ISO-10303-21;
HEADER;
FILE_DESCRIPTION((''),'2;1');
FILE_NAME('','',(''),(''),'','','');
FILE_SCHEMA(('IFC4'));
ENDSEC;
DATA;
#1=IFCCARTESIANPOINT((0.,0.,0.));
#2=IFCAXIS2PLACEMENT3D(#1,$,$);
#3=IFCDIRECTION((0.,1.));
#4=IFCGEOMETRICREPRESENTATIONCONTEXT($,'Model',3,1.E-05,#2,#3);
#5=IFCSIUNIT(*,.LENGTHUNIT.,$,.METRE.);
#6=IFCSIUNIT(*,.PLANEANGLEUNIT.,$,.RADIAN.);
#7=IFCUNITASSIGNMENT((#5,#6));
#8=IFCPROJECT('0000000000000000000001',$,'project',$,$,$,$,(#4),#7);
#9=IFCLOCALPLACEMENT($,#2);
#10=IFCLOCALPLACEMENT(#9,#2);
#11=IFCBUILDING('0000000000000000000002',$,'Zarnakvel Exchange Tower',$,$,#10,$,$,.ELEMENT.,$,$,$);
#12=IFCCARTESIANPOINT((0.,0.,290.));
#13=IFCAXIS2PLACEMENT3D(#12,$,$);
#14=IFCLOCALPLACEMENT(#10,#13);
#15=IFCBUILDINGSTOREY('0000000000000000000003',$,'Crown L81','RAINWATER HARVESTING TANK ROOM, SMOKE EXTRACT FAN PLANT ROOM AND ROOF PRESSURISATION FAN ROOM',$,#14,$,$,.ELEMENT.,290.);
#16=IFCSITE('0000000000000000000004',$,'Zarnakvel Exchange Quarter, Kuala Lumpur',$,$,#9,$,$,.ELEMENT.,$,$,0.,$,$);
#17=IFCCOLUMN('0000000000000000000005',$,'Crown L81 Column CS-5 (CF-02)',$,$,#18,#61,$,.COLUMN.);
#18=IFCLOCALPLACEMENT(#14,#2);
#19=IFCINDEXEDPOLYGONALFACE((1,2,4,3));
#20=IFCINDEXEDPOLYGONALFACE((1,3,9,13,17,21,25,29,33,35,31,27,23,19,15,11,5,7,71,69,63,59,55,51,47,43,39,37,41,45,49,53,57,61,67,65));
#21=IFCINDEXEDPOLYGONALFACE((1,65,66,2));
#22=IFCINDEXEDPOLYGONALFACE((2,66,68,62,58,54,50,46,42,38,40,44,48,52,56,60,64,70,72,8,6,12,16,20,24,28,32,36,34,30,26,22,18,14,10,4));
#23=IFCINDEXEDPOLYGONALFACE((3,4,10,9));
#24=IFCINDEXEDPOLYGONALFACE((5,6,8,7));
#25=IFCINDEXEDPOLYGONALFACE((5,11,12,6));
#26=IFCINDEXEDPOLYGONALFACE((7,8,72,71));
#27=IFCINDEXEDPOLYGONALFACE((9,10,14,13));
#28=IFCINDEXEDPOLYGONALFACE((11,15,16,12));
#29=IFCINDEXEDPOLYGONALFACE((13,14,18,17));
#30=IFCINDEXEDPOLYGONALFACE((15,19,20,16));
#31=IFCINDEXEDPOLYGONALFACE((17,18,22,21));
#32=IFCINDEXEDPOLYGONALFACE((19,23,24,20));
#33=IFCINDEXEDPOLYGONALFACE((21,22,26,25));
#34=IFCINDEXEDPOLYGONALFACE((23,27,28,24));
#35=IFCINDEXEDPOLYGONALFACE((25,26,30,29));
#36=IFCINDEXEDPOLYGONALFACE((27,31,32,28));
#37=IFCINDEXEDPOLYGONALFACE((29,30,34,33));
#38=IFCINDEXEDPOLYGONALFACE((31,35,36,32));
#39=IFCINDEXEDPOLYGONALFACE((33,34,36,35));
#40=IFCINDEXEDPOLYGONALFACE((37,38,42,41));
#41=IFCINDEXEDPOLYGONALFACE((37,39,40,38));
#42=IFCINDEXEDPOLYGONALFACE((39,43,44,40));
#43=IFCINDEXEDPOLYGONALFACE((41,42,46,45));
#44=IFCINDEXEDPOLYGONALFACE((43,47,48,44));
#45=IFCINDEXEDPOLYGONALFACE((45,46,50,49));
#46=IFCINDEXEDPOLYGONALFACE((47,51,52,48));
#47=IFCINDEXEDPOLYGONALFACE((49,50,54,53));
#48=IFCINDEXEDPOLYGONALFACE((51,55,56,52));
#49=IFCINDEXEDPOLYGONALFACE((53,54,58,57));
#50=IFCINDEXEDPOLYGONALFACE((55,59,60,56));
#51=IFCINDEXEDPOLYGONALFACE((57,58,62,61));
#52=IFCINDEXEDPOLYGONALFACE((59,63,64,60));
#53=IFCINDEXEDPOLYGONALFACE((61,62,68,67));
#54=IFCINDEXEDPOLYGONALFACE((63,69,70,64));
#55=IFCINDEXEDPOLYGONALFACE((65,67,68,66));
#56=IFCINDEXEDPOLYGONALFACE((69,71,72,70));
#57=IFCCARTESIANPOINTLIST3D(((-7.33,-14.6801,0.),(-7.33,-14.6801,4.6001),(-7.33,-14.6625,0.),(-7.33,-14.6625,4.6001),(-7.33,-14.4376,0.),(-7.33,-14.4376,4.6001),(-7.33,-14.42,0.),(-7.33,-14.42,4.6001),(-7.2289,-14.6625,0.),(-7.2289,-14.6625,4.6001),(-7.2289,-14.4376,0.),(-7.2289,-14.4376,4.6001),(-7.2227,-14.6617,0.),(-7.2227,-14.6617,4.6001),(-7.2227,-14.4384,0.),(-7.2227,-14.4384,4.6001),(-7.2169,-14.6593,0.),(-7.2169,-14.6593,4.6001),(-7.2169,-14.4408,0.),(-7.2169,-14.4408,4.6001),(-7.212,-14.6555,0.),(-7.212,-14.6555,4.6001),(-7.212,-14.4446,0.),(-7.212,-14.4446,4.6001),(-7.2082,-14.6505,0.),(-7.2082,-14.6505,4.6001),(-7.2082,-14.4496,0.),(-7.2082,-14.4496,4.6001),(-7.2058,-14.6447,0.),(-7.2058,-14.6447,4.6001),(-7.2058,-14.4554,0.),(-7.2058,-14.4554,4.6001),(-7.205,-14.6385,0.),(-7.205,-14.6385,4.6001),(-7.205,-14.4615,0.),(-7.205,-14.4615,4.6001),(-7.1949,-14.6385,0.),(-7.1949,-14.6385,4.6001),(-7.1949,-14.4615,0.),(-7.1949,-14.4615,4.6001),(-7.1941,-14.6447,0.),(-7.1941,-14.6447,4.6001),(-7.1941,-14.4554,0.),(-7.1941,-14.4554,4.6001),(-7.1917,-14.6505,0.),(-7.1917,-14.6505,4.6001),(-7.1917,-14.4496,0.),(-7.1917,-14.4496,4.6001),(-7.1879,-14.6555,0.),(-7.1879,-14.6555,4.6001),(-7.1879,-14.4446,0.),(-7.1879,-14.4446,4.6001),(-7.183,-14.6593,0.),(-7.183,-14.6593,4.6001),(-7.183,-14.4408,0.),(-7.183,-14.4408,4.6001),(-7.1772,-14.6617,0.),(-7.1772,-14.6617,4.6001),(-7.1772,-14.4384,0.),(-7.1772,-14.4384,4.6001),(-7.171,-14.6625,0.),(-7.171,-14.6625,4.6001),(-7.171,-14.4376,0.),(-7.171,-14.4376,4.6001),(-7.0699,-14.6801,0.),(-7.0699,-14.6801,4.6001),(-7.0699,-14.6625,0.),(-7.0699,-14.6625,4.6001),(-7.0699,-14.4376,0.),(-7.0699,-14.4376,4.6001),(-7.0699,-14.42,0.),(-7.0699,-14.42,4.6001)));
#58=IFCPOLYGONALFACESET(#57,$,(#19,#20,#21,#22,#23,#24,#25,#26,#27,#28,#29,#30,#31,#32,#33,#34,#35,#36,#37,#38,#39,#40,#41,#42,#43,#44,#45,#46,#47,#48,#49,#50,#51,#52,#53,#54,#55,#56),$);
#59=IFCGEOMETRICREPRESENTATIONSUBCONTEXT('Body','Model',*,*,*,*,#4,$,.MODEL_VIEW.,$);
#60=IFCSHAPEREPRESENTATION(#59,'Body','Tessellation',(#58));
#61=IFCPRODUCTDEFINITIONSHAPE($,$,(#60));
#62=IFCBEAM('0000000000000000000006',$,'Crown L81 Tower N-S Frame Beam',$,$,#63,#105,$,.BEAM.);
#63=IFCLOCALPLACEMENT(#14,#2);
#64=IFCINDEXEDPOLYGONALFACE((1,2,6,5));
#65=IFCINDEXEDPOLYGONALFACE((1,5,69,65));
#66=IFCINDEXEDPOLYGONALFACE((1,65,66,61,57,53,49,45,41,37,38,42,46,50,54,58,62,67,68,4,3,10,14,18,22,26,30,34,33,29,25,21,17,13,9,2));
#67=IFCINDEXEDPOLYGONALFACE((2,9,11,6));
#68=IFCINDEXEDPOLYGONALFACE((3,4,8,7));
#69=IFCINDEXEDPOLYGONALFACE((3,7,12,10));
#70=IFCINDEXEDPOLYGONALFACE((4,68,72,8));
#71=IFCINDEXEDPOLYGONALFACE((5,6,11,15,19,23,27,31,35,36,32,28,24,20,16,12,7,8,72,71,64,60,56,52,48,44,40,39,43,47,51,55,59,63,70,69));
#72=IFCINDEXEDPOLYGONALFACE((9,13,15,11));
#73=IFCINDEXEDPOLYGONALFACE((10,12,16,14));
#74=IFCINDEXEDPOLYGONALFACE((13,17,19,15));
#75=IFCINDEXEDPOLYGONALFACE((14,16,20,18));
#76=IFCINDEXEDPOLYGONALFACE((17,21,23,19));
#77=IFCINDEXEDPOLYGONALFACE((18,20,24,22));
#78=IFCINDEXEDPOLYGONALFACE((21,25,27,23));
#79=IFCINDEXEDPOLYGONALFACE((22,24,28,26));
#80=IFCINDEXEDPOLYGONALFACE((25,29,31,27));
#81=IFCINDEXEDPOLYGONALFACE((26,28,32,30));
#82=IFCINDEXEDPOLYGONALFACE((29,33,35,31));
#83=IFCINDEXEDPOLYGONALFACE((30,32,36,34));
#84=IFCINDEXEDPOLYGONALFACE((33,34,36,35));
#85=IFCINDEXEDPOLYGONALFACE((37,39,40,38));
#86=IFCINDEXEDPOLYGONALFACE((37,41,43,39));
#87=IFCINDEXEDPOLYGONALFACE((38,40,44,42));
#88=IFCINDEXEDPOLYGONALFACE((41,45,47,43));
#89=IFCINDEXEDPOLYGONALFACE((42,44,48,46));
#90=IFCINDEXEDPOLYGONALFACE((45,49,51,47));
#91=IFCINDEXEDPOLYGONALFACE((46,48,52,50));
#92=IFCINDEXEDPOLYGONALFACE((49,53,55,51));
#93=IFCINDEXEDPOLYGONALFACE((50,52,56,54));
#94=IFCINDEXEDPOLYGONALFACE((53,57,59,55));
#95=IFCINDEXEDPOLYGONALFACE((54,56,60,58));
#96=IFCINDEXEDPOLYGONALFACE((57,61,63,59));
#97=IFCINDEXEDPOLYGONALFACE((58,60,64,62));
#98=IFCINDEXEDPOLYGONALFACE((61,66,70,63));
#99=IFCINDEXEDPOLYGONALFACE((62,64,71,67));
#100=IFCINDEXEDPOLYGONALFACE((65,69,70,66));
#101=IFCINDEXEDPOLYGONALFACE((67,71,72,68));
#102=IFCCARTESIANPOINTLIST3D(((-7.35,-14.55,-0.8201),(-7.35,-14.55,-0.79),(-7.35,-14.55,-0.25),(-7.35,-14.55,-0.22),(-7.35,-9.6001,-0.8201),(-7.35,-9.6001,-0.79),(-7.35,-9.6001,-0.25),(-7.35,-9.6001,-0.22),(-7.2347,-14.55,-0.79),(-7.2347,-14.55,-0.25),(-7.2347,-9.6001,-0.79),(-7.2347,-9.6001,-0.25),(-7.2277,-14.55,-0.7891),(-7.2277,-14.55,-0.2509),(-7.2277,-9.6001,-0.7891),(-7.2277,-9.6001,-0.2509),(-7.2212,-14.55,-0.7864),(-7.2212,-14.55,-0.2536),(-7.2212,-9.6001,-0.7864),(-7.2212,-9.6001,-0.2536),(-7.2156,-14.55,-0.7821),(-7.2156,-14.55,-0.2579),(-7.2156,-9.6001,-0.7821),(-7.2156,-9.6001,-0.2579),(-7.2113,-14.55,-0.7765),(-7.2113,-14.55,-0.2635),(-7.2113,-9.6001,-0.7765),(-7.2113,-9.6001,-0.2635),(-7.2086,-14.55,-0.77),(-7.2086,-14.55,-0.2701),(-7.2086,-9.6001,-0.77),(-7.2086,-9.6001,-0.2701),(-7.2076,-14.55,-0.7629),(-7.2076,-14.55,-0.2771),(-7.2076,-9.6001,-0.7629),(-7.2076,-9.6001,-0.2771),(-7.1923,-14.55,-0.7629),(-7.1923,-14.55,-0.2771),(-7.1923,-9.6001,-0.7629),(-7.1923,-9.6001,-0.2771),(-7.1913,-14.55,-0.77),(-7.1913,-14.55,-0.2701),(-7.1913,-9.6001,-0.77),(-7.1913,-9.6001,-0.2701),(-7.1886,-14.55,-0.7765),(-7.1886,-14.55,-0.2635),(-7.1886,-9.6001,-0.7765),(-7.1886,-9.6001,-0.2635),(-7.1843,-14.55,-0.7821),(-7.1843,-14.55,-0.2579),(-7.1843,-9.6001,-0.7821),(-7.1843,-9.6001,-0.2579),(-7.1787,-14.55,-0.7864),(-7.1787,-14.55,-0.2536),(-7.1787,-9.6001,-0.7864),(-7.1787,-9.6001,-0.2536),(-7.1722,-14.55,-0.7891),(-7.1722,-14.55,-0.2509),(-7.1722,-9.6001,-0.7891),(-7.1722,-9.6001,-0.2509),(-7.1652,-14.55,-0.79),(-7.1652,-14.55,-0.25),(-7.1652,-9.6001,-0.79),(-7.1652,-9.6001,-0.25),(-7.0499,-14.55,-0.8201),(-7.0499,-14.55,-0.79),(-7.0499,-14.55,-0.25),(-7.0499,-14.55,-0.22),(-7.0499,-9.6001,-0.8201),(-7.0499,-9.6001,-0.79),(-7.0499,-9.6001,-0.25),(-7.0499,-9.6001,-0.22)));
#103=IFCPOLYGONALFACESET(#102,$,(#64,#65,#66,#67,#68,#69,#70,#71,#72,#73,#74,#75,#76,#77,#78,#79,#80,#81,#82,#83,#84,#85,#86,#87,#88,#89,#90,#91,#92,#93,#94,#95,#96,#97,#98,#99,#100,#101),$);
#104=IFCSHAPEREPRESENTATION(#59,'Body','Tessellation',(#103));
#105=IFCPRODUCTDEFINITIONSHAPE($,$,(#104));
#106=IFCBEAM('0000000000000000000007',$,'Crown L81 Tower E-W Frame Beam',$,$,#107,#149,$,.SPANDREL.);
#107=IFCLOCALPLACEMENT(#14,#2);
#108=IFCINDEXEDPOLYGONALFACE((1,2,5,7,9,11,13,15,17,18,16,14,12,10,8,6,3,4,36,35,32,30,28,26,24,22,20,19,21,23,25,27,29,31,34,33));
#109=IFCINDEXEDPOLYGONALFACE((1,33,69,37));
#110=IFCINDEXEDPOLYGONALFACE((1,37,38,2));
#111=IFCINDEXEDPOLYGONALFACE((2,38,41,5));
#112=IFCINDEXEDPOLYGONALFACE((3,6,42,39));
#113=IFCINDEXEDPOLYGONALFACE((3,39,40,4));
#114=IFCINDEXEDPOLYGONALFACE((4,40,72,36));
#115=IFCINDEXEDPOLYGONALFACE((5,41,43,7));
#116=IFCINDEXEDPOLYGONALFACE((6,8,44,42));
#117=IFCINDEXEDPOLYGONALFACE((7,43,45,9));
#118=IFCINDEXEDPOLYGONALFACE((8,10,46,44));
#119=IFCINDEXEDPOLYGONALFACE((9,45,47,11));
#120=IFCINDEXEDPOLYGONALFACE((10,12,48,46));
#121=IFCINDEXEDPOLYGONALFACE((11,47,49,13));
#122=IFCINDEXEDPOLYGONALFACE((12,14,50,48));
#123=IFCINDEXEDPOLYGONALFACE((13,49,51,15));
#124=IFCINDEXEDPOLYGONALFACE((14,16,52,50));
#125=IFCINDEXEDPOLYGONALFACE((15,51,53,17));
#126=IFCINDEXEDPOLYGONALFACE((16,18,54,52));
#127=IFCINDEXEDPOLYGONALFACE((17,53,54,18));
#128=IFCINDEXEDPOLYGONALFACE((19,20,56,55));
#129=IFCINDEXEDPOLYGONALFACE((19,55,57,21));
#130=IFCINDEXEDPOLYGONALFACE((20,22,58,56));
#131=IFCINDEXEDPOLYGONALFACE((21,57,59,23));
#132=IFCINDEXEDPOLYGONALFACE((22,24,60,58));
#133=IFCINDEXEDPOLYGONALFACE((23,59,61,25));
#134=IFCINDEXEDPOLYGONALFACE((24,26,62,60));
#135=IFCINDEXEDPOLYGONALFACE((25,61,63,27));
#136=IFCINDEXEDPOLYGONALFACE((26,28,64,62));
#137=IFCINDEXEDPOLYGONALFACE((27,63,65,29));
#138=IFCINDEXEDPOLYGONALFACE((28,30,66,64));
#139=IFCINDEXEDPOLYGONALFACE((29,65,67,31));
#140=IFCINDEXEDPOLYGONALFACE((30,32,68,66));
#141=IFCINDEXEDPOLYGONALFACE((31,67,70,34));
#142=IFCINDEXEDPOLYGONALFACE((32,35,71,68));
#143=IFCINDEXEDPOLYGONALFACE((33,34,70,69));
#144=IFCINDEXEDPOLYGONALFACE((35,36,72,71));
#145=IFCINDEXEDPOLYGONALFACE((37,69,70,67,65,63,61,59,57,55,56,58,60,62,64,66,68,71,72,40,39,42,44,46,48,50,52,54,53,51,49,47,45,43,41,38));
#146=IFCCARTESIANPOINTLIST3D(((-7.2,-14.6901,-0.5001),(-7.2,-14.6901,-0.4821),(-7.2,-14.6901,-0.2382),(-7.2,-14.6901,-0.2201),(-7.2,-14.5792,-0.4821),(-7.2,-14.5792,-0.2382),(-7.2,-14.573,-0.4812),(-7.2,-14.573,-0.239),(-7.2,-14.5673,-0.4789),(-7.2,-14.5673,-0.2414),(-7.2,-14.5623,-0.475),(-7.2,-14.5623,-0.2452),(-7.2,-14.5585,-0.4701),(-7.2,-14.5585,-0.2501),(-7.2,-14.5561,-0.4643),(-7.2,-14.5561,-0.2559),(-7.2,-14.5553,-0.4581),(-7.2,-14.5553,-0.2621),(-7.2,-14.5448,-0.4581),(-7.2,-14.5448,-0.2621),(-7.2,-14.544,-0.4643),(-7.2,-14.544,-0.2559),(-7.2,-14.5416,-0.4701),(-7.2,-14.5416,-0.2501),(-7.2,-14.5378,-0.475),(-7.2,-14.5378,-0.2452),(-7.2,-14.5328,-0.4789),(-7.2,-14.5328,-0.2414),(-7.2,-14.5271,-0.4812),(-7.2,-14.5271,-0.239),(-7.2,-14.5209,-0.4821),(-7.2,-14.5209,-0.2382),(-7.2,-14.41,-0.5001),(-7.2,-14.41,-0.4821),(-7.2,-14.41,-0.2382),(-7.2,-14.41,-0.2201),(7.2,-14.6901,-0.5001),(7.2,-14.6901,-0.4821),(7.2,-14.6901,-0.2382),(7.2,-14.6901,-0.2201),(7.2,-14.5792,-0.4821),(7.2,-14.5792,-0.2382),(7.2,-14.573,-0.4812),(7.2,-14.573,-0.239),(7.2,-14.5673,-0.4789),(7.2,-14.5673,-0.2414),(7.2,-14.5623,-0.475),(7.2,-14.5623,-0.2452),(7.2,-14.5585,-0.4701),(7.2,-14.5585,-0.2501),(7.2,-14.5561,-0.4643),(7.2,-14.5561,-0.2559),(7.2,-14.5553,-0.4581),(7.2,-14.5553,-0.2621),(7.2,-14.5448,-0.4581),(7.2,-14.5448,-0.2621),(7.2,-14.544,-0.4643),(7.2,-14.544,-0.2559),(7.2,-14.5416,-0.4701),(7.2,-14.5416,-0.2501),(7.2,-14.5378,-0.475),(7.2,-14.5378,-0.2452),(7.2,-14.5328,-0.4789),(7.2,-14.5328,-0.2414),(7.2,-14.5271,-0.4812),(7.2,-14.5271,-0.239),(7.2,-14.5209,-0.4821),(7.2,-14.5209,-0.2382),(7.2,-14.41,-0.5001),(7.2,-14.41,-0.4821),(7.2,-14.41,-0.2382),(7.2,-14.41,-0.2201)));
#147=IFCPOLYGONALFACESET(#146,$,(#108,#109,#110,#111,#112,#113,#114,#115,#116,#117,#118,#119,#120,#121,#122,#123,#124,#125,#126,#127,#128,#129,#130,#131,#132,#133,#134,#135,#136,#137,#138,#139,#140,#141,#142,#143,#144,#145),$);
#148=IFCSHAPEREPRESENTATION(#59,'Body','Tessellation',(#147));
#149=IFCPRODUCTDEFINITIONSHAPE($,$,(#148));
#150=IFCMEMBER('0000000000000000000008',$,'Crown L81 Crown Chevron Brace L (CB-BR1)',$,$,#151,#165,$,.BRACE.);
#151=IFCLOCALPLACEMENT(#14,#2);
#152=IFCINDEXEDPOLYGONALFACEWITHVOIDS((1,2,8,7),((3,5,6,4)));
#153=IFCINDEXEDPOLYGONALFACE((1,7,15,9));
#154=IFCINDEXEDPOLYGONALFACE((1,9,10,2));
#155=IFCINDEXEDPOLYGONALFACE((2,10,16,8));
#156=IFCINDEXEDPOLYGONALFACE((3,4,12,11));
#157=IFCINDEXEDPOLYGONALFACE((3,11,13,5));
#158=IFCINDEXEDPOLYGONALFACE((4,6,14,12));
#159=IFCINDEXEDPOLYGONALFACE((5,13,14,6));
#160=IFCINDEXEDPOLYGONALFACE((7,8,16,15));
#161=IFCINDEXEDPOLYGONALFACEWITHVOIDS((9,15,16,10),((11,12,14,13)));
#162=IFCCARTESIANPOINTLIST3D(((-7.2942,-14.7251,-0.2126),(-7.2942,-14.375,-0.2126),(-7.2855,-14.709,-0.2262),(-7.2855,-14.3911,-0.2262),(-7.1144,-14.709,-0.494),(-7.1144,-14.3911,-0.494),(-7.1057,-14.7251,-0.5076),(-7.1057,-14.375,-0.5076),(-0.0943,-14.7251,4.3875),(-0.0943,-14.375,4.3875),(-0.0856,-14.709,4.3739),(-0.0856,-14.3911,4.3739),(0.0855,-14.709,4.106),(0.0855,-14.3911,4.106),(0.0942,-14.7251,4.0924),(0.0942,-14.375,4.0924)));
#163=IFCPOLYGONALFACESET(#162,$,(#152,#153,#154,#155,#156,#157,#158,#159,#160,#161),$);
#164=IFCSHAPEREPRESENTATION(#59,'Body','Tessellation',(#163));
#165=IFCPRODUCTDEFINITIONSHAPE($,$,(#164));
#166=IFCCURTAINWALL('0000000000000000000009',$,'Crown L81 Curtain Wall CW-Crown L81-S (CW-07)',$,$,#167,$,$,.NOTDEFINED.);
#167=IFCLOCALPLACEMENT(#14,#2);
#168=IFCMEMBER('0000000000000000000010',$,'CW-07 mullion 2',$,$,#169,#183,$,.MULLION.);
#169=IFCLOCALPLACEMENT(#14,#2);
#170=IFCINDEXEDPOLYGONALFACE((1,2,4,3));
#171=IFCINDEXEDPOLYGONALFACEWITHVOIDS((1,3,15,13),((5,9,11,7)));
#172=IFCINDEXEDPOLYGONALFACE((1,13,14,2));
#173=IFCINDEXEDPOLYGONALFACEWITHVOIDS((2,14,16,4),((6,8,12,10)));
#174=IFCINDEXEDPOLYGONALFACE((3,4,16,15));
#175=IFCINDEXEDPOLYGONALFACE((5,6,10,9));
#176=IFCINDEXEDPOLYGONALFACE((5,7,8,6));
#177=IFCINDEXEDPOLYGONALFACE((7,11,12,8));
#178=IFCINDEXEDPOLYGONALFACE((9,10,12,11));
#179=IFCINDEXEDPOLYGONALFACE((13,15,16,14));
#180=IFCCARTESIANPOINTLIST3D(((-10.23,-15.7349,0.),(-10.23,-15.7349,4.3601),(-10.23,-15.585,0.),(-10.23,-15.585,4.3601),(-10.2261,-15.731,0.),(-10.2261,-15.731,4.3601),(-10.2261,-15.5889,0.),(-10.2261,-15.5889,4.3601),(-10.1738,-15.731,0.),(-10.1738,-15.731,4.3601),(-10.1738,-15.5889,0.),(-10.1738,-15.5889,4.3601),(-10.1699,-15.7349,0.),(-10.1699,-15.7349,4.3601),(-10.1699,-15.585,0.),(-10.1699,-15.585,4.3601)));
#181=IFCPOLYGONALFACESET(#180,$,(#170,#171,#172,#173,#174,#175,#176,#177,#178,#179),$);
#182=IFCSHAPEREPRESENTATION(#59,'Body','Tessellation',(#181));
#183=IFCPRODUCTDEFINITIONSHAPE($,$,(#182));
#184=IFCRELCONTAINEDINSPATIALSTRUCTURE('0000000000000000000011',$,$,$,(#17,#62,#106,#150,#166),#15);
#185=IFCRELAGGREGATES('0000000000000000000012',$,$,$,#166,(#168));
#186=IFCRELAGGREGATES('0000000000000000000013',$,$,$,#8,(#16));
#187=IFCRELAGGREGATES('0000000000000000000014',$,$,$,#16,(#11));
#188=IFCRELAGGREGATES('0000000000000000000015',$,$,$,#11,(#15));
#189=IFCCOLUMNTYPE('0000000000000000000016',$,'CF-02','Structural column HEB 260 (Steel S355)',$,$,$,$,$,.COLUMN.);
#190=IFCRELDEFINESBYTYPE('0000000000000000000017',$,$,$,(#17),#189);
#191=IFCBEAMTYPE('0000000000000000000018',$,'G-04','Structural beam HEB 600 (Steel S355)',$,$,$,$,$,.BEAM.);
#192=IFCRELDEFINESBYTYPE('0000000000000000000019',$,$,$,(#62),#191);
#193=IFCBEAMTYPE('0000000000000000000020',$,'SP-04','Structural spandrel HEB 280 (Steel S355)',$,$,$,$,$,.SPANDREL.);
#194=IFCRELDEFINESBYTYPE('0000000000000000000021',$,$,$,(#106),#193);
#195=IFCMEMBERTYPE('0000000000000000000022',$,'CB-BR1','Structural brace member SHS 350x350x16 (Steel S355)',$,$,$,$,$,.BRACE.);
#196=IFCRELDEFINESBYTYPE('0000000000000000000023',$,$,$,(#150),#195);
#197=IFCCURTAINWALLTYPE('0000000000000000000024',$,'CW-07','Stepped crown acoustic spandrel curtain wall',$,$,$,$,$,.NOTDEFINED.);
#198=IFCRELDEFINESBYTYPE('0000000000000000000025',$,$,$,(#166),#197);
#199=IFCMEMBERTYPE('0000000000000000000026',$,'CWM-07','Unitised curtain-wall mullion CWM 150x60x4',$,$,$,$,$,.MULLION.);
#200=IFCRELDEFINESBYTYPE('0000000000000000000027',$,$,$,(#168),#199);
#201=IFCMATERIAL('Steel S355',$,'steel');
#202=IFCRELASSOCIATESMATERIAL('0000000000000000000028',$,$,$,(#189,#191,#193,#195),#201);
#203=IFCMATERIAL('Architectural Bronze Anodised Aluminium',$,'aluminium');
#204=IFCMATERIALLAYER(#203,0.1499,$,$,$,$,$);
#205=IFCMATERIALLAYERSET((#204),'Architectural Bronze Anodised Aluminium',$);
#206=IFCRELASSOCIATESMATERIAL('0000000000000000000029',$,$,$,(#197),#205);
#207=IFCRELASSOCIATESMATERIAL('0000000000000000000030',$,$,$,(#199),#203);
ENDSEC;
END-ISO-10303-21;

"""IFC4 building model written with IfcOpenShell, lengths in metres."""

from ifc_helpers import new_model, si_unit, direction, frame, origin, origin_2d, place, context, subcontext, project, spatial, hollow_rectangle, i_section, extrude, source, transform, mapped, material, layer, layer_set, material_profile, profile_set, type_object, element, aggregate, save


model = new_model("IFC4")

# Units and contexts
model_context = context("Model", 3, precision=1e-05, world=origin(), true_north=direction((0.0, 1.0)))
body_context = subcontext(model_context, "Body", "Model", "MODEL_VIEW")
ifc_project = project(units=[si_unit("LENGTHUNIT", "METRE"), si_unit("PLANEANGLEUNIT", "RADIAN")], contexts=[model_context])

# Site, building, storey
site_placement = place(None, origin())
site = spatial("IfcSite", under=ifc_project, at=site_placement, Name="Zarnakvel Exchange Quarter, Kuala Lumpur", CompositionType="ELEMENT", RefElevation=0.0)
building_placement = place(site_placement, origin())
building = spatial("IfcBuilding", under=site, at=building_placement, Name="Zarnakvel Exchange Tower", CompositionType="ELEMENT")
storey_placement = place(building_placement, frame((0.0, 0.0, 290.0)))
storey = spatial("IfcBuildingStorey", under=building, at=storey_placement, Name="Crown L81", Description="RAINWATER HARVESTING TANK ROOM, SMOKE EXTRACT FAN PLANT ROOM AND ROOF PRESSURISATION FAN ROOM", CompositionType="ELEMENT", Elevation=290.0)

# Column
ifc_material_1 = material(Name="Steel S355", Category="steel")
ifc_material_profile_1 = material_profile(ifc_material_1, i_section(OverallWidth=0.26, OverallDepth=0.26, WebThickness=0.01, FlangeThickness=0.0176, FilletRadius=0.0239, at=origin_2d()))
ifc_profile_set_1 = profile_set([ifc_material_profile_1], Name="Steel S355")
column_type = type_object("IfcColumnType", Name="CF-02", Description="Structural column HEB 260 (Steel S355)", PredefinedType="COLUMN", material=ifc_profile_set_1)
column_placement = place(storey_placement, frame((-7.2, -14.55, 0.0), z_axis=(0.0, 0.0, 1.0), x_axis=(1.0, 0.0, 0.0)))
element("IfcColumn", 1, at=column_placement, inside=storey, type_object=column_type, Name="Crown L81 Column CS-5 (CF-02)", PredefinedType="COLUMN", context=body_context, shape_type="SweptSolid", body=[
    extrude(i_section(OverallWidth=0.26, OverallDepth=0.26, WebThickness=0.01, FlangeThickness=0.0176, FilletRadius=0.0239, at=origin_2d()), origin(), (0.0, 0.0, 1.0), 4.6001),
])

# Beams
ifc_material_profile_2 = material_profile(ifc_material_1, i_section(OverallWidth=0.3, OverallDepth=0.6001, WebThickness=0.0154, FlangeThickness=0.03, FilletRadius=0.0271, at=origin_2d()))
ifc_profile_set_2 = profile_set([ifc_material_profile_2], Name="Steel S355")
beam_type_1 = type_object("IfcBeamType", Name="G-04", Description="Structural beam HEB 600 (Steel S355)", PredefinedType="BEAM", material=ifc_profile_set_2)
beam_1_placement = place(storey_placement, frame((-7.2, -14.55, -0.52), z_axis=(0.0, 1.0, 0.0), x_axis=(-1.0, 0.0, 0.0)))
element("IfcBeam", 2, at=beam_1_placement, inside=storey, type_object=beam_type_1, Name="Crown L81 Tower N-S Frame Beam", PredefinedType="BEAM", context=body_context, shape_type="SweptSolid", body=[
    extrude(i_section(OverallWidth=0.3, OverallDepth=0.6001, WebThickness=0.0154, FlangeThickness=0.03, FilletRadius=0.0271, at=origin_2d()), origin(), (0.0, 0.0, 1.0), 4.95),
])
ifc_material_profile_3 = material_profile(ifc_material_1, i_section(OverallWidth=0.28, OverallDepth=0.28, WebThickness=0.0105, FlangeThickness=0.0181, FilletRadius=0.0239, at=origin_2d()))
ifc_profile_set_3 = profile_set([ifc_material_profile_3], Name="Steel S355")
beam_type_2 = type_object("IfcBeamType", Name="SP-04", Description="Structural spandrel HEB 280 (Steel S355)", PredefinedType="SPANDREL", material=ifc_profile_set_3)
beam_2_placement = place(storey_placement, frame((-7.2, -14.55, -0.3601), z_axis=(1.0, 0.0, 0.0), x_axis=(0.0, 1.0, 0.0)))
element("IfcBeam", 3, at=beam_2_placement, inside=storey, type_object=beam_type_2, Name="Crown L81 Tower E-W Frame Beam", PredefinedType="SPANDREL", context=body_context, shape_type="SweptSolid", body=[
    extrude(i_section(OverallWidth=0.28, OverallDepth=0.28, WebThickness=0.0105, FlangeThickness=0.0181, FilletRadius=0.0239, at=origin_2d()), origin(), (0.0, 0.0, 1.0), 14.3999),
])

# Member
ifc_material_profile_4 = material_profile(ifc_material_1, hollow_rectangle(XDim=0.3501, YDim=0.3501, WallThickness=0.0161, at=origin_2d()))
ifc_profile_set_4 = profile_set([ifc_material_profile_4], Name="Steel S355")
member_type_1 = type_object("IfcMemberType", Name="CB-BR1", Description="Structural brace member SHS 350x350x16 (Steel S355)", PredefinedType="BRACE", material=ifc_profile_set_4)
shared_shape_1 = source(origin(), body_context, "Body", "SweptSolid", [
    extrude(hollow_rectangle(XDim=0.3501, YDim=0.3501, WallThickness=0.0161, at=origin_2d()), origin(), (0.0, 0.0, 1.0), 8.5439),
])
member_1_placement = place(storey_placement, frame((-7.2, -14.55, -0.3601), z_axis=(0.842689, 0.0, 0.5384), x_axis=(0.0, 1.0, 0.0)))
element("IfcMember", 4, at=member_1_placement, inside=storey, type_object=member_type_1, Name="Crown L81 Crown Chevron Brace L (CB-BR1)", PredefinedType="BRACE", context=body_context, shape_type="MappedRepresentation", body=[
    mapped(shared_shape_1, transform((0.0, 0.0, 0.0), x_axis=(1.0, 0.0, 0.0), y_axis=(0.0, 1.0, 0.0), z_axis=(0.0, 0.0, 1.0), scale=1.0)),
])

# Curtain wall, member
ifc_material_2 = material(Name="Architectural Bronze Anodised Aluminium", Category="aluminium")
ifc_layer_1 = layer(ifc_material_2, 0.1499)
ifc_layer_set_1 = layer_set([ifc_layer_1], Name="Architectural Bronze Anodised Aluminium")
curtain_wall_type = type_object("IfcCurtainWallType", Name="CW-07", Description="Stepped crown acoustic spandrel curtain wall", PredefinedType="NOTDEFINED", material=ifc_layer_set_1)
curtain_wall_placement = place(storey_placement, origin())
curtain_wall = element("IfcCurtainWall", 5, at=curtain_wall_placement, inside=storey, type_object=curtain_wall_type, Name="Crown L81 Curtain Wall CW-Crown L81-S (CW-07)", PredefinedType="NOTDEFINED")
ifc_material_profile_5 = material_profile(ifc_material_2, hollow_rectangle(XDim=0.1499, YDim=0.0601, WallThickness=0.0039, at=origin_2d()))
ifc_profile_set_5 = profile_set([ifc_material_profile_5], Name="Architectural Bronze Anodised Aluminium")
member_type_2 = type_object("IfcMemberType", Name="CWM-07", Description="Unitised curtain-wall mullion CWM 150x60x4", PredefinedType="MULLION", material=ifc_profile_set_5)
shared_shape_2 = source(origin(), body_context, "Body", "SweptSolid", [
    extrude(hollow_rectangle(XDim=0.1499, YDim=0.0601, WallThickness=0.0039, at=origin_2d()), origin(), (0.0, 0.0, 1.0), 4.3601),
])
member_2_placement = place(storey_placement, frame((-10.2, -15.6599, 0.0), z_axis=(0.0, 0.0, 1.0), x_axis=(0.0, 1.0, 0.0)))
member_2 = element("IfcMember", 6, at=member_2_placement, type_object=member_type_2, Name="CW-07 mullion 2", PredefinedType="MULLION", context=body_context, shape_type="MappedRepresentation", body=[
    mapped(shared_shape_2, transform((0.0, 0.0, 0.0), x_axis=(1.0, 0.0, 0.0), y_axis=(0.0, 1.0, 0.0), z_axis=(0.0, 0.0, 1.0), scale=1.0)),
])
aggregate(curtain_wall, [member_2])

save(model, "model.ifc")
